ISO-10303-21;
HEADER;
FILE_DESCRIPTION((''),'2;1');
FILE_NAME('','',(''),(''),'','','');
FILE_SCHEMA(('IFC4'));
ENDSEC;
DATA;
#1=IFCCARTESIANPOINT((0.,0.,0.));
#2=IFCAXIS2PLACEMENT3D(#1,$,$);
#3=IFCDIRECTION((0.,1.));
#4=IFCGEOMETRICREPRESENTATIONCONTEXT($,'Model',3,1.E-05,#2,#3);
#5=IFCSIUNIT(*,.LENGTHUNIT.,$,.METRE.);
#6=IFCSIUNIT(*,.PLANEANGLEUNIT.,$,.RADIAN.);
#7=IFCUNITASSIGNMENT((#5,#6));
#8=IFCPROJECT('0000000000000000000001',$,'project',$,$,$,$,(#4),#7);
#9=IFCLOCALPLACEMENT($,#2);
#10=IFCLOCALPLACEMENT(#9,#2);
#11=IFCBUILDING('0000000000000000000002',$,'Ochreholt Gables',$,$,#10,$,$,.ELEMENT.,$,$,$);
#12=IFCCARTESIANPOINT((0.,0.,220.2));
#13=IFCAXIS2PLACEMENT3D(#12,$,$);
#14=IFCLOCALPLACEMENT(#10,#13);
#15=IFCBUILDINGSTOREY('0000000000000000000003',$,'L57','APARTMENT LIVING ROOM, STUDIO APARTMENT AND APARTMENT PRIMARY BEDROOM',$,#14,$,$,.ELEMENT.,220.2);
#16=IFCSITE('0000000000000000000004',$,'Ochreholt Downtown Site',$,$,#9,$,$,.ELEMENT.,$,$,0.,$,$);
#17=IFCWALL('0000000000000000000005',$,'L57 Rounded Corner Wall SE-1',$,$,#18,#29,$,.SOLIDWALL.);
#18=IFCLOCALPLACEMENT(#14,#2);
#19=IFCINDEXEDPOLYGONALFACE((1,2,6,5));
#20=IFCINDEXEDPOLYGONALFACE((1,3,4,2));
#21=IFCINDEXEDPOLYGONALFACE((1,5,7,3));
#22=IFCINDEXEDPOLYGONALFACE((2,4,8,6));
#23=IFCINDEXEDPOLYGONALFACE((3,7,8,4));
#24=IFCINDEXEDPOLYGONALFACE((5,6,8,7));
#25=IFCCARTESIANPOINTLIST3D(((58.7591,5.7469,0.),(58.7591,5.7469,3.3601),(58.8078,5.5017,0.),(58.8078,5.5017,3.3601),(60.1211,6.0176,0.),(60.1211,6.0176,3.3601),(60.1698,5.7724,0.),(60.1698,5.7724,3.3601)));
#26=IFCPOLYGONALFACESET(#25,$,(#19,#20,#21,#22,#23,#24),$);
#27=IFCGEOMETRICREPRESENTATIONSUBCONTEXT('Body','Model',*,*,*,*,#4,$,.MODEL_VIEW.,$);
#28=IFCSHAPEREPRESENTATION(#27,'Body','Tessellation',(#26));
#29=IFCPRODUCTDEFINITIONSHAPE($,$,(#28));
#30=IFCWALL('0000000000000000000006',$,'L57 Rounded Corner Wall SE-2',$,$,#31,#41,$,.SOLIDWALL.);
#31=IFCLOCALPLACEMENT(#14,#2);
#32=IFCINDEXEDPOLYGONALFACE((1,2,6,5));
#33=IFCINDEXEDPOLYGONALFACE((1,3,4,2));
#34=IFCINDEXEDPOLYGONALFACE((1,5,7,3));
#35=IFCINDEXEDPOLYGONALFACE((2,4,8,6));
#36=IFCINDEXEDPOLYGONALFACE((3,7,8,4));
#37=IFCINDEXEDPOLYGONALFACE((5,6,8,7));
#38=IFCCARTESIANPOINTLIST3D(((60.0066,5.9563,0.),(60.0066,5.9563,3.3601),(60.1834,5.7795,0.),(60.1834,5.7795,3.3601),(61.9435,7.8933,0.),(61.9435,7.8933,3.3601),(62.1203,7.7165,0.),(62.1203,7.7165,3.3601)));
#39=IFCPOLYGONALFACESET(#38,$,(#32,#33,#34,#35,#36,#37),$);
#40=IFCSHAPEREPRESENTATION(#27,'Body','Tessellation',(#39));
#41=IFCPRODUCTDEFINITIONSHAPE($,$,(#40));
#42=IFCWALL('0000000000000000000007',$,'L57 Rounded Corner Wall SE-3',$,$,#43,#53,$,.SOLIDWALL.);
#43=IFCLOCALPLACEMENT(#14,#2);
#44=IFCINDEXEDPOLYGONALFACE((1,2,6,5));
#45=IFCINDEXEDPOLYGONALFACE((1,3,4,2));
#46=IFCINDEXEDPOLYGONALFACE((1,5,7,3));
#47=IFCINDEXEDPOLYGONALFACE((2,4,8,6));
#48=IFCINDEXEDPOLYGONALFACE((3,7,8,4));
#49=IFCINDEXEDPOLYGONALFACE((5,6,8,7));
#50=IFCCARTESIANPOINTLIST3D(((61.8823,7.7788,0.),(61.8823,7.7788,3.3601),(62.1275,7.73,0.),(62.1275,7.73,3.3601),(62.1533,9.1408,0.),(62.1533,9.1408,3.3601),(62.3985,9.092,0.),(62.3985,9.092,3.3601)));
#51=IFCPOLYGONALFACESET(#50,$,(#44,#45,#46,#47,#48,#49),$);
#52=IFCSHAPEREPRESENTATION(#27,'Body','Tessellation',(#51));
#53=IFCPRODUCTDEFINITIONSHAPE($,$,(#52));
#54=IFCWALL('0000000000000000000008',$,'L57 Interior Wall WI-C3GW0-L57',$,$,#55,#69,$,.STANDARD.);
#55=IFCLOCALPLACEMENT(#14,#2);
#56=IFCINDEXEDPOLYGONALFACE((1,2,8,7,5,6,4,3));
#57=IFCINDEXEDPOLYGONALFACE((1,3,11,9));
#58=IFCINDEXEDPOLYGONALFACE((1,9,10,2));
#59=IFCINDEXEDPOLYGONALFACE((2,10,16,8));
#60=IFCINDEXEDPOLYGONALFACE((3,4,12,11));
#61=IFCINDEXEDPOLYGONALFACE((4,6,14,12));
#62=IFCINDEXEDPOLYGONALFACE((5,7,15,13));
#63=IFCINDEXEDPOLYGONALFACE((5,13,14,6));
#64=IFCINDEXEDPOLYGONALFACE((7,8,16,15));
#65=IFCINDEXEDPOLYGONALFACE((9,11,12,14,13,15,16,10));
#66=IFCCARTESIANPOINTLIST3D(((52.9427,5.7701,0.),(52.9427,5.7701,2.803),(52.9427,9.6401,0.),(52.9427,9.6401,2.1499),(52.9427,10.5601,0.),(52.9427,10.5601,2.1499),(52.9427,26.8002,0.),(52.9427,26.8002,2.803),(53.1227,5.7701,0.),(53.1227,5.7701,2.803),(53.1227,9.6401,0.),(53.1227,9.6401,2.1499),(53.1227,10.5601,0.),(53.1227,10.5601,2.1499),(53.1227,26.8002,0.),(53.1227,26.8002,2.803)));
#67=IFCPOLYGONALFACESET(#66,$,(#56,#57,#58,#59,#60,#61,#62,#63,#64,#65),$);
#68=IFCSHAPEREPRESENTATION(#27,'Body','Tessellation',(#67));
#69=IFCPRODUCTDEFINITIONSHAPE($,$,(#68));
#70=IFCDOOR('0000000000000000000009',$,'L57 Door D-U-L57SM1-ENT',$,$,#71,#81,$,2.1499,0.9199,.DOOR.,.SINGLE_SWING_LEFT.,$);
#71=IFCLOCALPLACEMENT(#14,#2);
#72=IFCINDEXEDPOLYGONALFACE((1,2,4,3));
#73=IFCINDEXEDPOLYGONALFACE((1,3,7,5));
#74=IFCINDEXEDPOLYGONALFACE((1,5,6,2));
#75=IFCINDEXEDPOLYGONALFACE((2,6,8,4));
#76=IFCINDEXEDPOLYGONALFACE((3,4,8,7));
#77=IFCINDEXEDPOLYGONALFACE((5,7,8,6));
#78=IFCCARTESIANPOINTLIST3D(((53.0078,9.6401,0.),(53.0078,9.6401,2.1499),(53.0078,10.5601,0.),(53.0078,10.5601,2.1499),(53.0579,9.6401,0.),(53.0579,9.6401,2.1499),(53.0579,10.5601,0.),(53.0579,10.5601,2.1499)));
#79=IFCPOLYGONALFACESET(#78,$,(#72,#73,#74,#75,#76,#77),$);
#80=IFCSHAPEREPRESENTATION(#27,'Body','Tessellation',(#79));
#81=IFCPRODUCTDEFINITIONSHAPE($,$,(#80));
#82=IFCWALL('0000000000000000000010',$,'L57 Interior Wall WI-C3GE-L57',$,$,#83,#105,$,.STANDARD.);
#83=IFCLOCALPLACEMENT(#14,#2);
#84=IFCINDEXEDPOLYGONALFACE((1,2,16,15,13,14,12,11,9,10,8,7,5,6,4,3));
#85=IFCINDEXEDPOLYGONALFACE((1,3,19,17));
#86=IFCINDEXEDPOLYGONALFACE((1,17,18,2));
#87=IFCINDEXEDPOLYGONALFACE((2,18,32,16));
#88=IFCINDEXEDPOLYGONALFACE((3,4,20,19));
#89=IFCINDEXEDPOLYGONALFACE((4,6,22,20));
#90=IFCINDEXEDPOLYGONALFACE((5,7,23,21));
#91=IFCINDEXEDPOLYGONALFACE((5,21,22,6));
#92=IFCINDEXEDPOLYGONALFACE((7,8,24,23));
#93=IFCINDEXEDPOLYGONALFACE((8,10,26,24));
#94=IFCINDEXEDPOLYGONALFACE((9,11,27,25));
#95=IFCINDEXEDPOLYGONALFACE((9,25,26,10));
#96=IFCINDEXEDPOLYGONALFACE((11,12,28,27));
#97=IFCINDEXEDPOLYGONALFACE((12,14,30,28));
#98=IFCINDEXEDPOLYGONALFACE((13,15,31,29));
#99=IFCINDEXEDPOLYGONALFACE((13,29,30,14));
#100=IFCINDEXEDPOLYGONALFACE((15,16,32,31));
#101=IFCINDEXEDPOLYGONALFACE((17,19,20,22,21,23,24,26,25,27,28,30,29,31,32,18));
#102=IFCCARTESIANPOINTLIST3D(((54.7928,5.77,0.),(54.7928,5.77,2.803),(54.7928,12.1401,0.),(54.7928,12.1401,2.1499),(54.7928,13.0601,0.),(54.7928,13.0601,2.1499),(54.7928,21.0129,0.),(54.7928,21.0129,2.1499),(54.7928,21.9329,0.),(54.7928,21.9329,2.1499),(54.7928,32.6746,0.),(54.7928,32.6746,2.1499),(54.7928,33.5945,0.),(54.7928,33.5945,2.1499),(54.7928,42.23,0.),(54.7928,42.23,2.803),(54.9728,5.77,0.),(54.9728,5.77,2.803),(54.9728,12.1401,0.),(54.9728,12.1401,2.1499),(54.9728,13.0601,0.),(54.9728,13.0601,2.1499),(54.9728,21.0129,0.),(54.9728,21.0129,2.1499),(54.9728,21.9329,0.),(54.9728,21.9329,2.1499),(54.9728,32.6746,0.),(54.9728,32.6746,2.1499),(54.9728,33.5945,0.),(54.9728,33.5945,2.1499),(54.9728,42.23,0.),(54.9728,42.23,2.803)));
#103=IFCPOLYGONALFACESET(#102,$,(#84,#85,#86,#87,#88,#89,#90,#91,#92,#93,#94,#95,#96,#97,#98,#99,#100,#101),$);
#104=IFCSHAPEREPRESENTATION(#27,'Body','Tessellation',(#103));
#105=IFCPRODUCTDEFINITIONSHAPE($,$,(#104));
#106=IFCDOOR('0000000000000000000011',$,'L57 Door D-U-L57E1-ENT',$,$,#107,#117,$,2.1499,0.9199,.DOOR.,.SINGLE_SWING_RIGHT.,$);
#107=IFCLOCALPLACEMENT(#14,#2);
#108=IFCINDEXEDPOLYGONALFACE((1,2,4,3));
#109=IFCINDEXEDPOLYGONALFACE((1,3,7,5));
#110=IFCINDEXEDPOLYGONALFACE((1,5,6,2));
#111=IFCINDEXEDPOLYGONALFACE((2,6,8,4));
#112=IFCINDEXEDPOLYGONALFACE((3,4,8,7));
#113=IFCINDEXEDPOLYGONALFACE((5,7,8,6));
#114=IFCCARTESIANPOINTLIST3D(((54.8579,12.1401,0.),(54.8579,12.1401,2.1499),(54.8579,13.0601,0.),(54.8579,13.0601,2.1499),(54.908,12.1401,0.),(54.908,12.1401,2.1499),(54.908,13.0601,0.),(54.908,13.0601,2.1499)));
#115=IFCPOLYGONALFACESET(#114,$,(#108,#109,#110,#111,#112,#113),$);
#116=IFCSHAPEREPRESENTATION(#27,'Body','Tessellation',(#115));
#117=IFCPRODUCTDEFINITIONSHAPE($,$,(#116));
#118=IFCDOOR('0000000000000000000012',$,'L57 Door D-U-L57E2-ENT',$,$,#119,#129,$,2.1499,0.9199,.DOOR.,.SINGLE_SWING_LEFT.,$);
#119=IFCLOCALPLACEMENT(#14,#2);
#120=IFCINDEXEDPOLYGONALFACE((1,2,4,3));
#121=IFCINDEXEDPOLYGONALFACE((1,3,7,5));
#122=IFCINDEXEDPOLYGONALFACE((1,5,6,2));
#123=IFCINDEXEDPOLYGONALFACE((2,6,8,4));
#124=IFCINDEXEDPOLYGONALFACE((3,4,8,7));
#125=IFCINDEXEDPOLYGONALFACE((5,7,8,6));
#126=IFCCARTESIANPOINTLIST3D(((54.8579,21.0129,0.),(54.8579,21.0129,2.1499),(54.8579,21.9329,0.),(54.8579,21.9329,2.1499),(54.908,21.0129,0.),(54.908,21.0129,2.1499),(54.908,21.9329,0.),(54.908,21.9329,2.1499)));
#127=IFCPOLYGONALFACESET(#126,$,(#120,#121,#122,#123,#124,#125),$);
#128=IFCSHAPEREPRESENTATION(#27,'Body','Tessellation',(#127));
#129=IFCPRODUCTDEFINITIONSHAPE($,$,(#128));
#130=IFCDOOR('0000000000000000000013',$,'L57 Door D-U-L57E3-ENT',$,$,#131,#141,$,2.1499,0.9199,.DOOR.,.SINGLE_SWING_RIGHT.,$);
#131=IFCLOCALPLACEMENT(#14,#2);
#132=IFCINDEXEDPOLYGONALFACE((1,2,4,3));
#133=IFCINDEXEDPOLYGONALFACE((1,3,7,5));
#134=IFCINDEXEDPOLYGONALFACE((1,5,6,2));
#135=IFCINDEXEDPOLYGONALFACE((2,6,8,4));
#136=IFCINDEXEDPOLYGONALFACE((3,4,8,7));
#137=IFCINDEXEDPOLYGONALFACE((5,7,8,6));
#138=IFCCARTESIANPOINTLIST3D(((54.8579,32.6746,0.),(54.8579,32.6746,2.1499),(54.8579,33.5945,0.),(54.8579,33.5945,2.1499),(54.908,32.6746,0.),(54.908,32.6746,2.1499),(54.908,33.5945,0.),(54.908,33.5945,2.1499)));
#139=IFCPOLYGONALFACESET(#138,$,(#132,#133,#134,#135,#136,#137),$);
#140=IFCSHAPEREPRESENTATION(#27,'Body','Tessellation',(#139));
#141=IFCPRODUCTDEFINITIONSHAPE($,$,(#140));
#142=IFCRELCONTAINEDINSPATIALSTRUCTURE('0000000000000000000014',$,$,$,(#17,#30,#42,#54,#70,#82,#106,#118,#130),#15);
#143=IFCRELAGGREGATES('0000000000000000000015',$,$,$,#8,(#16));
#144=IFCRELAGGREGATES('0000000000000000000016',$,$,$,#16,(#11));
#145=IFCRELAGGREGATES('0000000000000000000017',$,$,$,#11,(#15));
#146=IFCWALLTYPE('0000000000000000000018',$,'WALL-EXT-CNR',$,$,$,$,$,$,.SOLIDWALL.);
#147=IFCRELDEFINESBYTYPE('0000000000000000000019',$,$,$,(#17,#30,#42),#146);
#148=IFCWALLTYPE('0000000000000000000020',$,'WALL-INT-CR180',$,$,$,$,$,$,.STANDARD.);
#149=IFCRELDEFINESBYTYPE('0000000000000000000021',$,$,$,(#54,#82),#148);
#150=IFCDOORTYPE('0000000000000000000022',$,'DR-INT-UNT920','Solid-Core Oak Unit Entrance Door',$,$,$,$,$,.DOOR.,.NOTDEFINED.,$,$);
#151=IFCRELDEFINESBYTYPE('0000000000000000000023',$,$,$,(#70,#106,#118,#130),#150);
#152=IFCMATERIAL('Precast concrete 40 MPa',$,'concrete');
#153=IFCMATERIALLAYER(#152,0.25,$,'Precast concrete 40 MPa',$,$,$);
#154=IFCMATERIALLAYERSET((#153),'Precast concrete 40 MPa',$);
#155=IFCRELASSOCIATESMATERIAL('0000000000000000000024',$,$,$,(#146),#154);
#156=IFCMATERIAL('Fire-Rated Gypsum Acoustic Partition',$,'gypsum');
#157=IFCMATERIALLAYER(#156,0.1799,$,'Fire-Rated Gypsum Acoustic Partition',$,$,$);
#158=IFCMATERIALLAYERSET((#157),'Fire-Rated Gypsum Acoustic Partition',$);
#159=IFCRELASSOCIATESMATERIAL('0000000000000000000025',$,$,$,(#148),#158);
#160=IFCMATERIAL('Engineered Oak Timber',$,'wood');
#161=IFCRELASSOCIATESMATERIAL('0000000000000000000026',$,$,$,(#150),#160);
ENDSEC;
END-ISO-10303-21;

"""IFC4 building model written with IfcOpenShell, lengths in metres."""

from ifc_helpers import new_model, si_unit, direction, frame, frame_2d, origin, place, context, subcontext, project, spatial, rectangle, extrude, material, layer, layer_set, type_object, element, fill, save


model = new_model("IFC4")

# Units and contexts
model_context = context("Model", 3, precision=1e-05, world=origin(), true_north=direction((0.0, 1.0)))
body_context = subcontext(model_context, "Body", "Model", "MODEL_VIEW")
ifc_project = project(units=[si_unit("LENGTHUNIT", "METRE"), si_unit("PLANEANGLEUNIT", "RADIAN")], contexts=[model_context])

# Site, building, storey
site_placement = place(None, origin())
site = spatial("IfcSite", under=ifc_project, at=site_placement, Name="Ochreholt Downtown Site", CompositionType="ELEMENT", RefElevation=0.0)
building_placement = place(site_placement, origin())
building = spatial("IfcBuilding", under=site, at=building_placement, Name="Ochreholt Gables", CompositionType="ELEMENT")
storey_placement = place(building_placement, frame((0.0, 0.0, 220.2)))
storey = spatial("IfcBuildingStorey", under=building, at=storey_placement, Name="L57", Description="APARTMENT LIVING ROOM, STUDIO APARTMENT AND APARTMENT PRIMARY BEDROOM", CompositionType="ELEMENT", Elevation=220.2)

# Shared definitions
ifc_material_1 = material(Name="Precast concrete 40 MPa", Category="concrete")

# Walls
ifc_layer_1 = layer(ifc_material_1, 0.25, Name="Precast concrete 40 MPa")
ifc_layer_set_1 = layer_set([ifc_layer_1], Name="Precast concrete 40 MPa")
wall_type_1 = type_object("IfcWallType", Name="WALL-EXT-CNR", PredefinedType="SOLIDWALL", material=ifc_layer_set_1)
wall_1_placement = place(storey_placement, frame((58.7834, 5.6243, 0.0), z_axis=(0.0, 0.0, 1.0), x_axis=(0.98081, 0.194967, 0.0)))
element("IfcWall", 1, at=wall_1_placement, inside=storey, type_object=wall_type_1, Name="L57 Rounded Corner Wall SE-1", PredefinedType="SOLIDWALL", context=body_context, shape_type="SweptSolid", body=[
    extrude(rectangle(XDim=1.3887, YDim=0.25, at=frame_2d((0.6943, 0.0))), origin(), (0.0, 0.0, 1.0), 3.3601),
])
wall_2_placement = place(storey_placement, frame((60.095, 5.8679, 0.0), z_axis=(0.0, 0.0, 1.0), x_axis=(0.707107, 0.707107, 0.0)))
element("IfcWall", 2, at=wall_2_placement, inside=storey, type_object=wall_type_1, Name="L57 Rounded Corner Wall SE-2", PredefinedType="SOLIDWALL", context=body_context, shape_type="SweptSolid", body=[
    extrude(rectangle(XDim=2.7393, YDim=0.25, at=frame_2d((1.3696, 0.0))), origin(), (0.0, 0.0, 1.0), 3.3601),
])
wall_3_placement = place(storey_placement, frame((62.0049, 7.7544, 0.0), z_axis=(0.0, 0.0, 1.0), x_axis=(0.195136, 0.980776, 0.0)))
element("IfcWall", 3, at=wall_3_placement, inside=storey, type_object=wall_type_1, Name="L57 Rounded Corner Wall SE-3", PredefinedType="SOLIDWALL", context=body_context, shape_type="SweptSolid", body=[
    extrude(rectangle(XDim=1.3887, YDim=0.25, at=frame_2d((0.6943, 0.0))), origin(), (0.0, 0.0, 1.0), 3.3601),
])

# Wall, opening, door
ifc_material_2 = material(Name="Fire-Rated Gypsum Acoustic Partition", Category="gypsum")
ifc_layer_2 = layer(ifc_material_2, 0.1799, Name="Fire-Rated Gypsum Acoustic Partition")
ifc_layer_set_2 = layer_set([ifc_layer_2], Name="Fire-Rated Gypsum Acoustic Partition")
wall_type_2 = type_object("IfcWallType", Name="WALL-INT-CR180", PredefinedType="STANDARD", material=ifc_layer_set_2)
wall_4_placement = place(storey_placement, frame((53.0327, 5.77, 0.0), z_axis=(0.0, 0.0, 1.0), x_axis=(0.0, 1.0, 0.0)))
wall_4 = element("IfcWall", 4, at=wall_4_placement, inside=storey, type_object=wall_type_2, Name="L57 Interior Wall WI-C3GW0-L57", PredefinedType="STANDARD", context=body_context, shape_type="SweptSolid", body=[
    extrude(rectangle(XDim=21.03, YDim=0.1799, at=frame_2d((10.5151, 0.0))), origin(), (0.0, 0.0, 1.0), 2.803),
])
opening_1_placement = place(wall_4_placement, frame((3.8701, 0.0, 0.0)))
opening_1 = element("IfcOpeningElement", 5, at=opening_1_placement, cuts=wall_4, PredefinedType="OPENING", context=body_context, shape_type="SweptSolid", body=[
    extrude(rectangle(XDim=0.9199, YDim=2.1499, at=frame_2d((0.46, 1.075))), frame((0.0, 0.0999, 0.0), z_axis=(0.0, -1.0, 0.0), x_axis=(1.0, 0.0, 0.0)), (0.0, 0.0, 1.0), 0.2),
])
ifc_material_3 = material(Name="Engineered Oak Timber", Category="wood")
door_type_1 = type_object("IfcDoorType", Name="DR-INT-UNT920", Description="Solid-Core Oak Unit Entrance Door", OperationType="NOTDEFINED", PredefinedType="DOOR", material=ifc_material_3)
door_1_placement = place(opening_1_placement, origin())
door_1 = element("IfcDoor", 6, at=door_1_placement, inside=storey, type_object=door_type_1, Name="L57 Door D-U-L57SM1-ENT", OperationType="SINGLE_SWING_LEFT", OverallHeight=2.1499, OverallWidth=0.9199, PredefinedType="DOOR", context=body_context, shape_type="SweptSolid", body=[
    extrude(rectangle(XDim=0.9199, YDim=2.1499, at=frame_2d((0.46, 1.075))), frame((0.0, 0.0249, 0.0), z_axis=(0.0, -1.0, 0.0), x_axis=(1.0, 0.0, 0.0)), (0.0, 0.0, 1.0), 0.05),
])
fill(opening_1, door_1)

# Wall, openings, doors
wall_5_placement = place(storey_placement, frame((54.8828, 5.77, 0.0), z_axis=(0.0, 0.0, 1.0), x_axis=(0.0, 1.0, 0.0)))
wall_5 = element("IfcWall", 7, at=wall_5_placement, inside=storey, type_object=wall_type_2, Name="L57 Interior Wall WI-C3GE-L57", PredefinedType="STANDARD", context=body_context, shape_type="SweptSolid", body=[
    extrude(rectangle(XDim=36.46, YDim=0.1799, at=frame_2d((18.23, 0.0))), origin(), (0.0, 0.0, 1.0), 2.803),
])
opening_2_placement = place(wall_5_placement, frame((6.3701, 0.0, 0.0)))
opening_2 = element("IfcOpeningElement", 8, at=opening_2_placement, cuts=wall_5, PredefinedType="OPENING", context=body_context, shape_type="SweptSolid", body=[
    extrude(rectangle(XDim=0.9199, YDim=2.1499, at=frame_2d((0.46, 1.075))), frame((0.0, 0.0999, 0.0), z_axis=(0.0, -1.0, 0.0), x_axis=(1.0, 0.0, 0.0)), (0.0, 0.0, 1.0), 0.2),
])
opening_3_placement = place(wall_5_placement, frame((15.2429, 0.0, 0.0)))
opening_3 = element("IfcOpeningElement", 9, at=opening_3_placement, cuts=wall_5, PredefinedType="OPENING", context=body_context, shape_type="SweptSolid", body=[
    extrude(rectangle(XDim=0.9199, YDim=2.1499, at=frame_2d((0.46, 1.075))), frame((0.0, 0.0999, 0.0), z_axis=(0.0, -1.0, 0.0), x_axis=(1.0, 0.0, 0.0)), (0.0, 0.0, 1.0), 0.2),
])
opening_4_placement = place(wall_5_placement, frame((26.9045, 0.0, 0.0)))
opening_4 = element("IfcOpeningElement", 10, at=opening_4_placement, cuts=wall_5, PredefinedType="OPENING", context=body_context, shape_type="SweptSolid", body=[
    extrude(rectangle(XDim=0.9199, YDim=2.1499, at=frame_2d((0.46, 1.075))), frame((0.0, 0.0999, 0.0), z_axis=(0.0, -1.0, 0.0), x_axis=(1.0, 0.0, 0.0)), (0.0, 0.0, 1.0), 0.2),
])
door_2_placement = place(opening_2_placement, origin())
door_2 = element("IfcDoor", 11, at=door_2_placement, inside=storey, type_object=door_type_1, Name="L57 Door D-U-L57E1-ENT", OperationType="SINGLE_SWING_RIGHT", OverallHeight=2.1499, OverallWidth=0.9199, PredefinedType="DOOR", context=body_context, shape_type="SweptSolid", body=[
    extrude(rectangle(XDim=0.9199, YDim=2.1499, at=frame_2d((0.46, 1.075))), frame((0.0, 0.0249, 0.0), z_axis=(0.0, -1.0, 0.0), x_axis=(1.0, 0.0, 0.0)), (0.0, 0.0, 1.0), 0.05),
])
fill(opening_2, door_2)
door_3_placement = place(opening_3_placement, origin())
door_3 = element("IfcDoor", 12, at=door_3_placement, inside=storey, type_object=door_type_1, Name="L57 Door D-U-L57E2-ENT", OperationType="SINGLE_SWING_LEFT", OverallHeight=2.1499, OverallWidth=0.9199, PredefinedType="DOOR", context=body_context, shape_type="SweptSolid", body=[
    extrude(rectangle(XDim=0.9199, YDim=2.1499, at=frame_2d((0.46, 1.075))), frame((0.0, 0.0249, 0.0), z_axis=(0.0, -1.0, 0.0), x_axis=(1.0, 0.0, 0.0)), (0.0, 0.0, 1.0), 0.05),
])
fill(opening_3, door_3)
door_4_placement = place(opening_4_placement, origin())
door_4 = element("IfcDoor", 13, at=door_4_placement, inside=storey, type_object=door_type_1, Name="L57 Door D-U-L57E3-ENT", OperationType="SINGLE_SWING_RIGHT", OverallHeight=2.1499, OverallWidth=0.9199, PredefinedType="DOOR", context=body_context, shape_type="SweptSolid", body=[
    extrude(rectangle(XDim=0.9199, YDim=2.1499, at=frame_2d((0.46, 1.075))), frame((0.0, 0.0249, 0.0), z_axis=(0.0, -1.0, 0.0), x_axis=(1.0, 0.0, 0.0)), (0.0, 0.0, 1.0), 0.05),
])
fill(opening_4, door_4)

save(model, "model.ifc")
